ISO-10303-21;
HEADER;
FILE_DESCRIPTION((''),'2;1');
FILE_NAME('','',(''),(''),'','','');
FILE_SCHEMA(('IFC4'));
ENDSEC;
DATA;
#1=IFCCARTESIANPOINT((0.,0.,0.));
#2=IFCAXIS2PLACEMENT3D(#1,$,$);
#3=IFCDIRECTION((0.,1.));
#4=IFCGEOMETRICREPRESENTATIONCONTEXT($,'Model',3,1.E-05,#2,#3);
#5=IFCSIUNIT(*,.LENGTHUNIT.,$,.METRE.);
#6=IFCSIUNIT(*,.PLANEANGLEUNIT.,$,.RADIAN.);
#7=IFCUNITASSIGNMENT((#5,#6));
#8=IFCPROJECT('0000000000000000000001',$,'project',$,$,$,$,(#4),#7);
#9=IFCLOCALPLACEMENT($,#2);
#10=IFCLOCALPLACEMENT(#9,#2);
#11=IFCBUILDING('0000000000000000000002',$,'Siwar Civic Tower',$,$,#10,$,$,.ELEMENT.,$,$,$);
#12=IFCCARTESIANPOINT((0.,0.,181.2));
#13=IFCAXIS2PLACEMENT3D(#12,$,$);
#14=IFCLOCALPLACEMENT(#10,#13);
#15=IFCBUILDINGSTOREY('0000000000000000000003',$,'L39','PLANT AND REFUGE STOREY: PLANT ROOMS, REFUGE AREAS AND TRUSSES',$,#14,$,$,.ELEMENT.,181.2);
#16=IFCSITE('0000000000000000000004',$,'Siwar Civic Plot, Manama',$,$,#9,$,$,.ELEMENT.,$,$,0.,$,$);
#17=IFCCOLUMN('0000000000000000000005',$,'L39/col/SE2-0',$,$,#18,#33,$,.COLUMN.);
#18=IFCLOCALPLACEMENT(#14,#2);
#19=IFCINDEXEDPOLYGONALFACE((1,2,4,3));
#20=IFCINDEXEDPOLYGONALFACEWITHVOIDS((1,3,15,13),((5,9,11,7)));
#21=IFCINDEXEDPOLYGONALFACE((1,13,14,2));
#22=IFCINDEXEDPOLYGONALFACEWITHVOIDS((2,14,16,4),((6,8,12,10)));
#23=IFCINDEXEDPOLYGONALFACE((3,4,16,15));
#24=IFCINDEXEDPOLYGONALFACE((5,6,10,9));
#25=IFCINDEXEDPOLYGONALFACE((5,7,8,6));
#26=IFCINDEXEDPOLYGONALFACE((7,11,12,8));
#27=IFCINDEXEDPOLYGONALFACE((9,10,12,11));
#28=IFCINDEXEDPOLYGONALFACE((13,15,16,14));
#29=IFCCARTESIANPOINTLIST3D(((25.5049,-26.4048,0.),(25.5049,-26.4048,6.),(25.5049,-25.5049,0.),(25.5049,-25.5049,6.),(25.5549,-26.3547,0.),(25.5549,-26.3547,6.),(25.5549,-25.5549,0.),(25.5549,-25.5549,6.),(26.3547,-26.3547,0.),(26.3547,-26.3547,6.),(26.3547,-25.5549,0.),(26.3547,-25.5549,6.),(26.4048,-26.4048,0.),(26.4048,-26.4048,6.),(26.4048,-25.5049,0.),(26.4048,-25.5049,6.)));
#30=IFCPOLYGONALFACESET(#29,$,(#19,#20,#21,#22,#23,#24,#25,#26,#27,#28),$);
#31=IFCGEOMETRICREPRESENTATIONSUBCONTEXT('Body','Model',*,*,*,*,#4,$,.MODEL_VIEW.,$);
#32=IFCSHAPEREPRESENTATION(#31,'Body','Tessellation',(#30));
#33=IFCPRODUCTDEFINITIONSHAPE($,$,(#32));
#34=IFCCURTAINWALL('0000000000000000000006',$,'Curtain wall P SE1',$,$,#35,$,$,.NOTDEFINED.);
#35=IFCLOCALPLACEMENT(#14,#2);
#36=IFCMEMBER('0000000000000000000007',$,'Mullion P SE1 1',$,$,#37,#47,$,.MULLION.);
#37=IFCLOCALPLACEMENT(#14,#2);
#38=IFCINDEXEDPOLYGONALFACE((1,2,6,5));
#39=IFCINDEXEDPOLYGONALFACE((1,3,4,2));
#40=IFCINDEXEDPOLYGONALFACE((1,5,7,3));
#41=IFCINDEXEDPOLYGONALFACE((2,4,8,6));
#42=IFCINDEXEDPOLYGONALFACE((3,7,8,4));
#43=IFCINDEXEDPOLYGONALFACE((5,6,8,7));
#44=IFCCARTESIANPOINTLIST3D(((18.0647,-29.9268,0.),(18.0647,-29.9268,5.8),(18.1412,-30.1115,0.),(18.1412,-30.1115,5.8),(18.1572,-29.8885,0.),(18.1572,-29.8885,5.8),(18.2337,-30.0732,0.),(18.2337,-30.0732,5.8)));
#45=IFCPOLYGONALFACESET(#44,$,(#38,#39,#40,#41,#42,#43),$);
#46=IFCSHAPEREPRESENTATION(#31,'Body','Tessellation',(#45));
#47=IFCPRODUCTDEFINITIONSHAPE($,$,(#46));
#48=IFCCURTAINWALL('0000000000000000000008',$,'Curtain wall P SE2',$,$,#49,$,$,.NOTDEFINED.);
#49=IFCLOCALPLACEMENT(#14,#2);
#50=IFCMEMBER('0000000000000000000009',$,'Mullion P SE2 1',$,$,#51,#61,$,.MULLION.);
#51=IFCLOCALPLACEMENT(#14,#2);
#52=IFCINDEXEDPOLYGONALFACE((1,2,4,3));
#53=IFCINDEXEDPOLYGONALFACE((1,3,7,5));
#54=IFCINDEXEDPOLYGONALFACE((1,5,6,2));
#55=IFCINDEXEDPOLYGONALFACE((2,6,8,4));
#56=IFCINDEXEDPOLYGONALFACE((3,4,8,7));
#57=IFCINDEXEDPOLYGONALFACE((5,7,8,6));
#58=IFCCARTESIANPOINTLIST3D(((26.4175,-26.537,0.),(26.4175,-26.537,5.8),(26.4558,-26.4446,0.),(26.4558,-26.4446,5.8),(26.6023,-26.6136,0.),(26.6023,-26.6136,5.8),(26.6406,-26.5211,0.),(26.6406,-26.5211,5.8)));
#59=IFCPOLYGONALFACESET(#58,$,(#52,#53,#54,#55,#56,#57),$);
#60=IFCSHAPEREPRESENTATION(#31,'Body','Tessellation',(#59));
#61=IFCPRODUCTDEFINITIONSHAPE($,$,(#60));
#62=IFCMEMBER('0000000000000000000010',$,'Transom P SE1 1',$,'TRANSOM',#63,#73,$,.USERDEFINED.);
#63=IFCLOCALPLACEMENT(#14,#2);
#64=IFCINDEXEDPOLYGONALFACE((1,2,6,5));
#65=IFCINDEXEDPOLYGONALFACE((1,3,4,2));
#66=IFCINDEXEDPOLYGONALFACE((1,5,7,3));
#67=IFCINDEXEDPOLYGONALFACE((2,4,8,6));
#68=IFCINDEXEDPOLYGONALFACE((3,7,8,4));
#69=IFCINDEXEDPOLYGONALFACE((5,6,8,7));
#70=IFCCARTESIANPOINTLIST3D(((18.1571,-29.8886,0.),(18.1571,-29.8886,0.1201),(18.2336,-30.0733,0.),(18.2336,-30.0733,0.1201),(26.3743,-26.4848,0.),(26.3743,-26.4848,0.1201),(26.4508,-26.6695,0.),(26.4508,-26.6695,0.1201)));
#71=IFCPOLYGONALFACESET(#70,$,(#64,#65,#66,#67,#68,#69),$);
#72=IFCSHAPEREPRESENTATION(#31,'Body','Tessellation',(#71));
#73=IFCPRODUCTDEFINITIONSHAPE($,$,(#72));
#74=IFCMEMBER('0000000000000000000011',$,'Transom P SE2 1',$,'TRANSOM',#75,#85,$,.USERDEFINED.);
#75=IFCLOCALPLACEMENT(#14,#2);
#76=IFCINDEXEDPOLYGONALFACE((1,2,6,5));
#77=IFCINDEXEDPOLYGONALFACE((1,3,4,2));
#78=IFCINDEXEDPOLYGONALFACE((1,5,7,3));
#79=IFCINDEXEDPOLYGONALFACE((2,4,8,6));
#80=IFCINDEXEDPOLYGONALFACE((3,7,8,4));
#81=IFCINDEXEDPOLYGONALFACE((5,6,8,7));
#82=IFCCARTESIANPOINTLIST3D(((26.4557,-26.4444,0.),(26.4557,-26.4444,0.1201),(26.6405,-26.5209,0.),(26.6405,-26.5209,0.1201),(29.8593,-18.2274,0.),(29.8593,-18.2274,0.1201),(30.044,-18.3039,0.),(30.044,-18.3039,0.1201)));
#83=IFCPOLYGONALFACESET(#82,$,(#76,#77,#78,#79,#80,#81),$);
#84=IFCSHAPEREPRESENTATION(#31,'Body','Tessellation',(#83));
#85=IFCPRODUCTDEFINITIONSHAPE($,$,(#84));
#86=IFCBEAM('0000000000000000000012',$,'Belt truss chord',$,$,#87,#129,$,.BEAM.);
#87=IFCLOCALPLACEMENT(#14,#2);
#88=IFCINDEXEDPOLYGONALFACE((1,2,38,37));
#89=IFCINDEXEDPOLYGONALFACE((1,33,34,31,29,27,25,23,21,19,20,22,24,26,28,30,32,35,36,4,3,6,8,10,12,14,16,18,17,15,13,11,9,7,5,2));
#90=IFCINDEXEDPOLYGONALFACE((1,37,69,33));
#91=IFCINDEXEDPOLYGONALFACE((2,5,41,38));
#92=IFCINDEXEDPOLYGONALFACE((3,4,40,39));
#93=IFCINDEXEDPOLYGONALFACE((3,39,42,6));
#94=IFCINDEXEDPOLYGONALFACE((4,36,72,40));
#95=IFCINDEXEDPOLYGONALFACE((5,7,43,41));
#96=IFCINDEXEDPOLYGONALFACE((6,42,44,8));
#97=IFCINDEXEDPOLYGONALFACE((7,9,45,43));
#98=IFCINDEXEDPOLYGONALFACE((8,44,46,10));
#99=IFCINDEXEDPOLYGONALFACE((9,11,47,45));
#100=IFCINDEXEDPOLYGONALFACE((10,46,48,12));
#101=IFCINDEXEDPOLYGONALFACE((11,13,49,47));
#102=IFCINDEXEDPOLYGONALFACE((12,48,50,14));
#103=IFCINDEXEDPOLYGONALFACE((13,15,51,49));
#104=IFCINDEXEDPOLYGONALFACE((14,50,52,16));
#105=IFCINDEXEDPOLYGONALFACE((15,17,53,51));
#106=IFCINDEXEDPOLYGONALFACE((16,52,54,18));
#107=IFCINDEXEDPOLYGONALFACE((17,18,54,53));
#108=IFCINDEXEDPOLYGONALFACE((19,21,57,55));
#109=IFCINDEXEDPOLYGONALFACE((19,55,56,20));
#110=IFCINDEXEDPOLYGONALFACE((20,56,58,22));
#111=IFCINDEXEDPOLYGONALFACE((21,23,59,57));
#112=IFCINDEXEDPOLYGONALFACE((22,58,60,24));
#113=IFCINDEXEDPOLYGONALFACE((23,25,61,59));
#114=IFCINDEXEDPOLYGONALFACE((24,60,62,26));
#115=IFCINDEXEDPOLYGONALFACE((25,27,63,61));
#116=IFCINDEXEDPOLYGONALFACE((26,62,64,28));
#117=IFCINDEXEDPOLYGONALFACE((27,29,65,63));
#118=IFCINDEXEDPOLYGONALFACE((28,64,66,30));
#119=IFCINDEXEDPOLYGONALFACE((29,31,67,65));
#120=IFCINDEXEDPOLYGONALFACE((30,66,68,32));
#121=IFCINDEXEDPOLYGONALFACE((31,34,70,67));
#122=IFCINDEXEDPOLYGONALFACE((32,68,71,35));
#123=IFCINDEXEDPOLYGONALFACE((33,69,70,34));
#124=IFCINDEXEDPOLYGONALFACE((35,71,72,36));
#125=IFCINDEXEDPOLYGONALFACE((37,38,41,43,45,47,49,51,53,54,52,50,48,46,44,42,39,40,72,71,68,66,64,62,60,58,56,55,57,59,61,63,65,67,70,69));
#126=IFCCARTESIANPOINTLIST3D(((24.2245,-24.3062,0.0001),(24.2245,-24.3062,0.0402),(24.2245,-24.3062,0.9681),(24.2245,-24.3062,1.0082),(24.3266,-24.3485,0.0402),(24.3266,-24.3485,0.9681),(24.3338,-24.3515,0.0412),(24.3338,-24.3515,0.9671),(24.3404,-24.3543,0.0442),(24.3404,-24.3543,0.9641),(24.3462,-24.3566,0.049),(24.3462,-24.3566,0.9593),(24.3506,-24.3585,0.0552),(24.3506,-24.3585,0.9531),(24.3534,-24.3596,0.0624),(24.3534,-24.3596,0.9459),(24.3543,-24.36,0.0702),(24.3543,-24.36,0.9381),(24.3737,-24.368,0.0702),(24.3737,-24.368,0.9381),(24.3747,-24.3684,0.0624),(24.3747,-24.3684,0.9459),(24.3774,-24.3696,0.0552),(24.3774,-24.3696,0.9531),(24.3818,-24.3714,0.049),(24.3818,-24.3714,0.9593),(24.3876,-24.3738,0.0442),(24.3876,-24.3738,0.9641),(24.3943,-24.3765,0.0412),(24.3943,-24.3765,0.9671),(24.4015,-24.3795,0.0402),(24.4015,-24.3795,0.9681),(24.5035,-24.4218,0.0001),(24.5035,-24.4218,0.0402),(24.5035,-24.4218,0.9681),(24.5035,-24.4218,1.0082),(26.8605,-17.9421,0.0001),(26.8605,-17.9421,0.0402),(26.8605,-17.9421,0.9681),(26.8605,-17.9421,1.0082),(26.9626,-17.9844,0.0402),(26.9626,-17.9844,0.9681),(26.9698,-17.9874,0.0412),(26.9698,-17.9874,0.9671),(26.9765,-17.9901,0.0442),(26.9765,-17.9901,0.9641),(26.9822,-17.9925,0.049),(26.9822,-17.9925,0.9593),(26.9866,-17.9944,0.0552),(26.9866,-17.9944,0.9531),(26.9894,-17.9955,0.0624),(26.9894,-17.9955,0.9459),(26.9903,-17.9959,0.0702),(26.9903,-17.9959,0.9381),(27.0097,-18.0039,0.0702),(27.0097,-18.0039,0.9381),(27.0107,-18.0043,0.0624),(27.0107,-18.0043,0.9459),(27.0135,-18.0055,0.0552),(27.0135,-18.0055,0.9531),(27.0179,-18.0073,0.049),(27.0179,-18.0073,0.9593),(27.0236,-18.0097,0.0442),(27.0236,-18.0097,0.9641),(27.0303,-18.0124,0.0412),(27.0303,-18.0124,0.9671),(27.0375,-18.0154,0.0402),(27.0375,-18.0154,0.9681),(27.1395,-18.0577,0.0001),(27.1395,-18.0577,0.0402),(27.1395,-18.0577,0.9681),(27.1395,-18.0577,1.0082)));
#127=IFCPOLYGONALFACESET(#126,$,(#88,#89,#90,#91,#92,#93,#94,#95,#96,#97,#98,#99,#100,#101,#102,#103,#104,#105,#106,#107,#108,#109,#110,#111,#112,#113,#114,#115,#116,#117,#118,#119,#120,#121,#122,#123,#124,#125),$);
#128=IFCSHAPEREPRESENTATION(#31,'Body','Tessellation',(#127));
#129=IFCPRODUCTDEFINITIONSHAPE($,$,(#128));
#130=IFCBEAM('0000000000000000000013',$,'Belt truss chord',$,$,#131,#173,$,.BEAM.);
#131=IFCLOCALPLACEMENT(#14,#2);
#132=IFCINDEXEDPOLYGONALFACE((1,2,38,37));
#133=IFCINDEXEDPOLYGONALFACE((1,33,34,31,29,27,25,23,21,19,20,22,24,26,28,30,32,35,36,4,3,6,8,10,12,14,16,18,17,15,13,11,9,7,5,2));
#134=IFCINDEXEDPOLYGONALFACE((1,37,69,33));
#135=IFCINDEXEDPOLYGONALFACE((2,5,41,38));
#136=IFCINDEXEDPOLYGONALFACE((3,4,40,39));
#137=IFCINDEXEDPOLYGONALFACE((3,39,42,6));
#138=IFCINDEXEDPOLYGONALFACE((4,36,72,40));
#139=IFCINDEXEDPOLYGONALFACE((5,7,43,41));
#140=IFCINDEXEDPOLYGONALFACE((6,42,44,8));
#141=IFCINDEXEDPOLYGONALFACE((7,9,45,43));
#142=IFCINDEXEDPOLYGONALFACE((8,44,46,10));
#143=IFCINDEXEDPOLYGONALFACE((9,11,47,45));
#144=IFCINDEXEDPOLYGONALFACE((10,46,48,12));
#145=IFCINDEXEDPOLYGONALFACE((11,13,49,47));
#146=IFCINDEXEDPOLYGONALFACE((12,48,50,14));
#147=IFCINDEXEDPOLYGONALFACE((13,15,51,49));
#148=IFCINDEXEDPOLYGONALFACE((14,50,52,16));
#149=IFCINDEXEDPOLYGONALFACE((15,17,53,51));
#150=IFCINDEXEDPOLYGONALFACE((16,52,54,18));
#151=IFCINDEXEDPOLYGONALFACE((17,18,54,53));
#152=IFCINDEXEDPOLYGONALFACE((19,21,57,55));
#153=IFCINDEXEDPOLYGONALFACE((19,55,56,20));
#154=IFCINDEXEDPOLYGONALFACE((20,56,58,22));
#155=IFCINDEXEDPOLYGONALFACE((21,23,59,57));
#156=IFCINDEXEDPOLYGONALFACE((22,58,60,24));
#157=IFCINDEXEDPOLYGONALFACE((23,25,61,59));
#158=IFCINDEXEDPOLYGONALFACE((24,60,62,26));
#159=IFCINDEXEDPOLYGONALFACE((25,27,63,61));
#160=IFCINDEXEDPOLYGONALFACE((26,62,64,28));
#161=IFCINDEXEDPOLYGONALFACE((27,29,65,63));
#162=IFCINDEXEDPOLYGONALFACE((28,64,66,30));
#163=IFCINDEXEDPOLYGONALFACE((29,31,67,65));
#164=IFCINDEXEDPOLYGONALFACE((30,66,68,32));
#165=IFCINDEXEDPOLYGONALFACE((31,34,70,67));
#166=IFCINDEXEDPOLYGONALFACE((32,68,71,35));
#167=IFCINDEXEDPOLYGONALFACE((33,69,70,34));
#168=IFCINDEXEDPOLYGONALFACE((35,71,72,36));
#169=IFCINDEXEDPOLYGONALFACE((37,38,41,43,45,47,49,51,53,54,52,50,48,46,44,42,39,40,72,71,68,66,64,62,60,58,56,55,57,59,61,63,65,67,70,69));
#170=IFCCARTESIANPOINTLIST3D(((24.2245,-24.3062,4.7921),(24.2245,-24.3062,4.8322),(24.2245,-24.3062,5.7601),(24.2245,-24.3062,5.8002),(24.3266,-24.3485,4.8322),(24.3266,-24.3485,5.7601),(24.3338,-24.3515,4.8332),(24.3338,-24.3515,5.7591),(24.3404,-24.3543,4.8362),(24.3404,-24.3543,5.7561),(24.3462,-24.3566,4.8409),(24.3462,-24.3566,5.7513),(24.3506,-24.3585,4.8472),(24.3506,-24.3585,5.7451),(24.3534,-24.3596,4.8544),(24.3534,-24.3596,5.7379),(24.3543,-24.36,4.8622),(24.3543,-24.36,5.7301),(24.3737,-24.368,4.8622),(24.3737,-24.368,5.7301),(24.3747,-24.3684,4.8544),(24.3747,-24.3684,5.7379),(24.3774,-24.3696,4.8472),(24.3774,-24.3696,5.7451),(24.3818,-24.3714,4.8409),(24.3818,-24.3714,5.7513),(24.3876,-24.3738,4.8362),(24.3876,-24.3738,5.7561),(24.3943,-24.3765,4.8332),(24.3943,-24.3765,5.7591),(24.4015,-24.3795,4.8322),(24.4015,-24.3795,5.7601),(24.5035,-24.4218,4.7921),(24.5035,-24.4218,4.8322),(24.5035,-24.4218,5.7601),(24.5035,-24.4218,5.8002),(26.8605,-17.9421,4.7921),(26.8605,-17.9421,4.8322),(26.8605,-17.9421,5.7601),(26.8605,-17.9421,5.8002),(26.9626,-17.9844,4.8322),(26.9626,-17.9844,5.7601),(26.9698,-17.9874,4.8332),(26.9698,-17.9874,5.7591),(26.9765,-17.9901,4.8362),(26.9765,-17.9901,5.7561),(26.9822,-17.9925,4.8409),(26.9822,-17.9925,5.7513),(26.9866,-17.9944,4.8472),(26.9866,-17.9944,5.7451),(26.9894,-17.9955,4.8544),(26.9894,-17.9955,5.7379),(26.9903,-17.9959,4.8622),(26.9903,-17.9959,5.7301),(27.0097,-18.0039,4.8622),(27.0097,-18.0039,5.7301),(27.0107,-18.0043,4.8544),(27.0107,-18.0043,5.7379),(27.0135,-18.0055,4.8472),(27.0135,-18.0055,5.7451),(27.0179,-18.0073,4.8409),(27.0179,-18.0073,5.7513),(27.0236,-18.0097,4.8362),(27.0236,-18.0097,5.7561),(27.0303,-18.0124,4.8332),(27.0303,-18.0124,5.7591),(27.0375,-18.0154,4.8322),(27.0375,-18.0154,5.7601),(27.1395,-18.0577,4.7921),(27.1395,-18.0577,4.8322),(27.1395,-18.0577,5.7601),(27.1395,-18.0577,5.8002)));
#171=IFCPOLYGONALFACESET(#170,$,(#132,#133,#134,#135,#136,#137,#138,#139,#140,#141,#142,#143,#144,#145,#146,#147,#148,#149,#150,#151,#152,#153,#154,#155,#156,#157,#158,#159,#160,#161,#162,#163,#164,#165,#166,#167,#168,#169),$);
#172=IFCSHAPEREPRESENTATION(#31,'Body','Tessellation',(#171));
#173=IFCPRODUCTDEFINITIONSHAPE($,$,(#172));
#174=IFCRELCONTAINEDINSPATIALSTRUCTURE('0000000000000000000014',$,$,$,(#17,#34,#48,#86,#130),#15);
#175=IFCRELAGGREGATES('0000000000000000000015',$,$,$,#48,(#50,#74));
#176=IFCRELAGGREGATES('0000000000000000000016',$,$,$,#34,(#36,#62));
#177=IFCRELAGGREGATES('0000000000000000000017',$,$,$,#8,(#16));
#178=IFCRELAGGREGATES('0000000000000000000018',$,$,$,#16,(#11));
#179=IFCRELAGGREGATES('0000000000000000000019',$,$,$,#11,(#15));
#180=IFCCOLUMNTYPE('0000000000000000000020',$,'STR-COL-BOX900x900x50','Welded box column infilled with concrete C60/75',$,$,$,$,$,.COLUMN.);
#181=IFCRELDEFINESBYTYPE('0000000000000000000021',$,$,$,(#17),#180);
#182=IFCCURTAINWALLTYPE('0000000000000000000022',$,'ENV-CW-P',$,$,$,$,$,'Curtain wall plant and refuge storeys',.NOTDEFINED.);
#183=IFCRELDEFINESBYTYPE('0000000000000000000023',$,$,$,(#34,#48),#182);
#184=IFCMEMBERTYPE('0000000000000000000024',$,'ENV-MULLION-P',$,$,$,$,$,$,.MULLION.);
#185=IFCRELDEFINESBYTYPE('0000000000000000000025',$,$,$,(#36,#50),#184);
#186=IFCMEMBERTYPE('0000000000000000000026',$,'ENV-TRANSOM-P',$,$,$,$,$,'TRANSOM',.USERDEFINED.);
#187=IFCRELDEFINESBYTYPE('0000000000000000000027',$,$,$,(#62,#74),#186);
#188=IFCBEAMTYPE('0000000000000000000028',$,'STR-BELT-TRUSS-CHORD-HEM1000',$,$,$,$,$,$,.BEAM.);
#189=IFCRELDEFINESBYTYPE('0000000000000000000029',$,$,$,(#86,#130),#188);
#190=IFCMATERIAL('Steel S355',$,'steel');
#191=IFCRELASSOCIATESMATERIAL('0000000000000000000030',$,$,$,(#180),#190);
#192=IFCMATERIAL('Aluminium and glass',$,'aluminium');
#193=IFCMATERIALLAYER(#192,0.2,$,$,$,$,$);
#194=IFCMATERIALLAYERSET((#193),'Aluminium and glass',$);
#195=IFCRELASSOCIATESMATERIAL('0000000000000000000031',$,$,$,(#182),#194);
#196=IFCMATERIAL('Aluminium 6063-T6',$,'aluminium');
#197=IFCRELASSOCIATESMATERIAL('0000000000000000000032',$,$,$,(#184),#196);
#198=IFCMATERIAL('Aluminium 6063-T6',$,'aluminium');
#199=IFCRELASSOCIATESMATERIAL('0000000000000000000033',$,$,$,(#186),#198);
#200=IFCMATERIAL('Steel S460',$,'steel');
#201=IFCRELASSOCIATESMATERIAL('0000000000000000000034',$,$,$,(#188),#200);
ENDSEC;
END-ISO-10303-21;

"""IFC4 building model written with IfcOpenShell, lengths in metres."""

from ifc_helpers import new_model, si_unit, direction, frame, origin, origin_2d, place, context, subcontext, project, spatial, rectangle, hollow_rectangle, i_section, extrude, material, layer, layer_set, material_profile, profile_set, type_object, element, aggregate, save


model = new_model("IFC4")

# Units and contexts
model_context = context("Model", 3, precision=1e-05, world=origin(), true_north=direction((0.0, 1.0)))
body_context = subcontext(model_context, "Body", "Model", "MODEL_VIEW")
ifc_project = project(units=[si_unit("LENGTHUNIT", "METRE"), si_unit("PLANEANGLEUNIT", "RADIAN")], contexts=[model_context])

# Site, building, storey
site_placement = place(None, origin())
site = spatial("IfcSite", under=ifc_project, at=site_placement, Name="Siwar Civic Plot, Manama", CompositionType="ELEMENT", RefElevation=0.0)
building_placement = place(site_placement, origin())
building = spatial("IfcBuilding", under=site, at=building_placement, Name="Siwar Civic Tower", CompositionType="ELEMENT")
storey_placement = place(building_placement, frame((0.0, 0.0, 181.2)))
storey = spatial("IfcBuildingStorey", under=building, at=storey_placement, Name="L39", Description="PLANT AND REFUGE STOREY: PLANT ROOMS, REFUGE AREAS AND TRUSSES", CompositionType="ELEMENT", Elevation=181.2)

# Column
ifc_material_1 = material(Name="Steel S355", Category="steel")
ifc_material_profile_1 = material_profile(ifc_material_1, hollow_rectangle(XDim=0.8999, YDim=0.8999, WallThickness=0.05, at=origin_2d()), Name="BOX900x900x50")
ifc_profile_set_1 = profile_set([ifc_material_profile_1], Name="Steel S355")
column_type = type_object("IfcColumnType", Name="STR-COL-BOX900x900x50", Description="Welded box column infilled with concrete C60/75", PredefinedType="COLUMN", material=ifc_profile_set_1)
column_placement = place(storey_placement, frame((25.9548, -25.9548, 0.0), z_axis=(0.0, 0.0, 1.0), x_axis=(1.0, 0.0, 0.0)))
element("IfcColumn", 1, at=column_placement, inside=storey, type_object=column_type, Name="L39/col/SE2-0", PredefinedType="COLUMN", context=body_context, shape_type="SweptSolid", body=[
    extrude(hollow_rectangle(XDim=0.8999, YDim=0.8999, WallThickness=0.05, at=origin_2d()), origin(), (0.0, 0.0, 1.0), 6.0),
])

# Curtain walls, members
ifc_material_2 = material(Name="Aluminium and glass", Category="aluminium")
ifc_layer_1 = layer(ifc_material_2, 0.2)
ifc_layer_set_1 = layer_set([ifc_layer_1], Name="Aluminium and glass")
curtain_wall_type = type_object("IfcCurtainWallType", Name="ENV-CW-P", ElementType="Curtain wall plant and refuge storeys", PredefinedType="NOTDEFINED", material=ifc_layer_set_1)
curtain_wall_1_placement = place(storey_placement, origin())
curtain_wall_1 = element("IfcCurtainWall", 2, at=curtain_wall_1_placement, inside=storey, type_object=curtain_wall_type, Name="Curtain wall P SE1", PredefinedType="NOTDEFINED")
ifc_material_3 = material(Name="Aluminium 6063-T6", Category="aluminium")
ifc_material_profile_2 = material_profile(ifc_material_3, rectangle(XDim=0.2, YDim=0.1001, at=origin_2d()), Name="AL 200x100")
ifc_profile_set_2 = profile_set([ifc_material_profile_2], Name="Aluminium 6063-T6")
member_type_1 = type_object("IfcMemberType", Name="ENV-MULLION-P", PredefinedType="MULLION", material=ifc_profile_set_2)
member_1_placement = place(storey_placement, frame((18.1492, -30.0, 0.0), z_axis=(0.0, 0.0, 1.0), x_axis=(-0.382683, 0.92388, 0.0)))
member_1 = element("IfcMember", 3, at=member_1_placement, type_object=member_type_1, Name="Mullion P SE1 1", PredefinedType="MULLION", context=body_context, shape_type="SweptSolid", body=[
    extrude(rectangle(XDim=0.2, YDim=0.1001, at=origin_2d()), origin(), (0.0, 0.0, 1.0), 5.8),
])
curtain_wall_2_placement = place(storey_placement, origin())
curtain_wall_2 = element("IfcCurtainWall", 4, at=curtain_wall_2_placement, inside=storey, type_object=curtain_wall_type, Name="Curtain wall P SE2", PredefinedType="NOTDEFINED")
member_2_placement = place(storey_placement, frame((26.5291, -26.5291, 0.0), z_axis=(0.0, 0.0, 1.0), x_axis=(-0.92388, 0.382683, 0.0)))
member_2 = element("IfcMember", 5, at=member_2_placement, type_object=member_type_1, Name="Mullion P SE2 1", PredefinedType="MULLION", context=body_context, shape_type="SweptSolid", body=[
    extrude(rectangle(XDim=0.2, YDim=0.1001, at=origin_2d()), origin(), (0.0, 0.0, 1.0), 5.8),
])

# Members
ifc_material_4 = material(Name="Aluminium 6063-T6", Category="aluminium")
ifc_material_profile_3 = material_profile(ifc_material_4, rectangle(XDim=0.2, YDim=0.1201, at=origin_2d()), Name="AL 200x120")
ifc_profile_set_3 = profile_set([ifc_material_profile_3], Name="Aluminium 6063-T6")
member_type_2 = type_object("IfcMemberType", Name="ENV-TRANSOM-P", ElementType="TRANSOM", PredefinedType="USERDEFINED", material=ifc_profile_set_3)
member_3_placement = place(storey_placement, frame((18.1953, -29.981, 0.0601), z_axis=(0.923876, 0.382693, 0.0), x_axis=(-0.382693, 0.923876, 0.0)))
member_3 = element("IfcMember", 6, at=member_3_placement, type_object=member_type_2, Name="Transom P SE1 1", ObjectType="TRANSOM", PredefinedType="USERDEFINED", context=body_context, shape_type="SweptSolid", body=[
    extrude(rectangle(XDim=0.2, YDim=0.1201, at=origin_2d()), origin(), (0.0, 0.0, 1.0), 8.8943),
])
member_4_placement = place(storey_placement, frame((26.5481, -26.4827, 0.0601), z_axis=(0.382679, 0.923881, 0.0), x_axis=(-0.923881, 0.382679, 0.0)))
member_4 = element("IfcMember", 7, at=member_4_placement, type_object=member_type_2, Name="Transom P SE2 1", ObjectType="TRANSOM", PredefinedType="USERDEFINED", context=body_context, shape_type="SweptSolid", body=[
    extrude(rectangle(XDim=0.2, YDim=0.1201, at=origin_2d()), origin(), (0.0, 0.0, 1.0), 8.894),
])
aggregate(curtain_wall_2, [member_2, member_4])

# Beams
ifc_material_5 = material(Name="Steel S460", Category="steel")
ifc_material_profile_4 = material_profile(ifc_material_5, i_section(OverallWidth=0.302, OverallDepth=1.0081, WebThickness=0.021, FlangeThickness=0.04, FilletRadius=0.03, at=origin_2d()), Name="HEM1000")
ifc_profile_set_4 = profile_set([ifc_material_profile_4], Name="Steel S460")
beam_type_1 = type_object("IfcBeamType", Name="STR-BELT-TRUSS-CHORD-HEM1000", PredefinedType="BEAM", material=ifc_profile_set_4)
for number, where, z_axis, x_axis, name in (
    (8, (24.364, -24.364, 0.5042), (0.382674, 0.923883, 0.0), (-0.923883, 0.382674, 0.0), "Belt truss chord"),
    (9, (24.364, -24.364, 5.2961), (0.382674, 0.923883, 0.0), (-0.923883, 0.382674, 0.0), "Belt truss chord"),
):
    element("IfcBeam", number, at=place(storey_placement, frame(where, z_axis=z_axis, x_axis=x_axis)), inside=storey, type_object=beam_type_1, Name=name, PredefinedType="BEAM", context=body_context, shape_type="SweptSolid", body=[
        extrude(i_section(OverallWidth=0.302, OverallDepth=1.0081, WebThickness=0.021, FlangeThickness=0.04, FilletRadius=0.03, at=origin_2d()), origin(), (0.0, 0.0, 1.0), 6.8884),
    ])

aggregate(curtain_wall_1, [member_1, member_3])

save(model, "model.ifc")
